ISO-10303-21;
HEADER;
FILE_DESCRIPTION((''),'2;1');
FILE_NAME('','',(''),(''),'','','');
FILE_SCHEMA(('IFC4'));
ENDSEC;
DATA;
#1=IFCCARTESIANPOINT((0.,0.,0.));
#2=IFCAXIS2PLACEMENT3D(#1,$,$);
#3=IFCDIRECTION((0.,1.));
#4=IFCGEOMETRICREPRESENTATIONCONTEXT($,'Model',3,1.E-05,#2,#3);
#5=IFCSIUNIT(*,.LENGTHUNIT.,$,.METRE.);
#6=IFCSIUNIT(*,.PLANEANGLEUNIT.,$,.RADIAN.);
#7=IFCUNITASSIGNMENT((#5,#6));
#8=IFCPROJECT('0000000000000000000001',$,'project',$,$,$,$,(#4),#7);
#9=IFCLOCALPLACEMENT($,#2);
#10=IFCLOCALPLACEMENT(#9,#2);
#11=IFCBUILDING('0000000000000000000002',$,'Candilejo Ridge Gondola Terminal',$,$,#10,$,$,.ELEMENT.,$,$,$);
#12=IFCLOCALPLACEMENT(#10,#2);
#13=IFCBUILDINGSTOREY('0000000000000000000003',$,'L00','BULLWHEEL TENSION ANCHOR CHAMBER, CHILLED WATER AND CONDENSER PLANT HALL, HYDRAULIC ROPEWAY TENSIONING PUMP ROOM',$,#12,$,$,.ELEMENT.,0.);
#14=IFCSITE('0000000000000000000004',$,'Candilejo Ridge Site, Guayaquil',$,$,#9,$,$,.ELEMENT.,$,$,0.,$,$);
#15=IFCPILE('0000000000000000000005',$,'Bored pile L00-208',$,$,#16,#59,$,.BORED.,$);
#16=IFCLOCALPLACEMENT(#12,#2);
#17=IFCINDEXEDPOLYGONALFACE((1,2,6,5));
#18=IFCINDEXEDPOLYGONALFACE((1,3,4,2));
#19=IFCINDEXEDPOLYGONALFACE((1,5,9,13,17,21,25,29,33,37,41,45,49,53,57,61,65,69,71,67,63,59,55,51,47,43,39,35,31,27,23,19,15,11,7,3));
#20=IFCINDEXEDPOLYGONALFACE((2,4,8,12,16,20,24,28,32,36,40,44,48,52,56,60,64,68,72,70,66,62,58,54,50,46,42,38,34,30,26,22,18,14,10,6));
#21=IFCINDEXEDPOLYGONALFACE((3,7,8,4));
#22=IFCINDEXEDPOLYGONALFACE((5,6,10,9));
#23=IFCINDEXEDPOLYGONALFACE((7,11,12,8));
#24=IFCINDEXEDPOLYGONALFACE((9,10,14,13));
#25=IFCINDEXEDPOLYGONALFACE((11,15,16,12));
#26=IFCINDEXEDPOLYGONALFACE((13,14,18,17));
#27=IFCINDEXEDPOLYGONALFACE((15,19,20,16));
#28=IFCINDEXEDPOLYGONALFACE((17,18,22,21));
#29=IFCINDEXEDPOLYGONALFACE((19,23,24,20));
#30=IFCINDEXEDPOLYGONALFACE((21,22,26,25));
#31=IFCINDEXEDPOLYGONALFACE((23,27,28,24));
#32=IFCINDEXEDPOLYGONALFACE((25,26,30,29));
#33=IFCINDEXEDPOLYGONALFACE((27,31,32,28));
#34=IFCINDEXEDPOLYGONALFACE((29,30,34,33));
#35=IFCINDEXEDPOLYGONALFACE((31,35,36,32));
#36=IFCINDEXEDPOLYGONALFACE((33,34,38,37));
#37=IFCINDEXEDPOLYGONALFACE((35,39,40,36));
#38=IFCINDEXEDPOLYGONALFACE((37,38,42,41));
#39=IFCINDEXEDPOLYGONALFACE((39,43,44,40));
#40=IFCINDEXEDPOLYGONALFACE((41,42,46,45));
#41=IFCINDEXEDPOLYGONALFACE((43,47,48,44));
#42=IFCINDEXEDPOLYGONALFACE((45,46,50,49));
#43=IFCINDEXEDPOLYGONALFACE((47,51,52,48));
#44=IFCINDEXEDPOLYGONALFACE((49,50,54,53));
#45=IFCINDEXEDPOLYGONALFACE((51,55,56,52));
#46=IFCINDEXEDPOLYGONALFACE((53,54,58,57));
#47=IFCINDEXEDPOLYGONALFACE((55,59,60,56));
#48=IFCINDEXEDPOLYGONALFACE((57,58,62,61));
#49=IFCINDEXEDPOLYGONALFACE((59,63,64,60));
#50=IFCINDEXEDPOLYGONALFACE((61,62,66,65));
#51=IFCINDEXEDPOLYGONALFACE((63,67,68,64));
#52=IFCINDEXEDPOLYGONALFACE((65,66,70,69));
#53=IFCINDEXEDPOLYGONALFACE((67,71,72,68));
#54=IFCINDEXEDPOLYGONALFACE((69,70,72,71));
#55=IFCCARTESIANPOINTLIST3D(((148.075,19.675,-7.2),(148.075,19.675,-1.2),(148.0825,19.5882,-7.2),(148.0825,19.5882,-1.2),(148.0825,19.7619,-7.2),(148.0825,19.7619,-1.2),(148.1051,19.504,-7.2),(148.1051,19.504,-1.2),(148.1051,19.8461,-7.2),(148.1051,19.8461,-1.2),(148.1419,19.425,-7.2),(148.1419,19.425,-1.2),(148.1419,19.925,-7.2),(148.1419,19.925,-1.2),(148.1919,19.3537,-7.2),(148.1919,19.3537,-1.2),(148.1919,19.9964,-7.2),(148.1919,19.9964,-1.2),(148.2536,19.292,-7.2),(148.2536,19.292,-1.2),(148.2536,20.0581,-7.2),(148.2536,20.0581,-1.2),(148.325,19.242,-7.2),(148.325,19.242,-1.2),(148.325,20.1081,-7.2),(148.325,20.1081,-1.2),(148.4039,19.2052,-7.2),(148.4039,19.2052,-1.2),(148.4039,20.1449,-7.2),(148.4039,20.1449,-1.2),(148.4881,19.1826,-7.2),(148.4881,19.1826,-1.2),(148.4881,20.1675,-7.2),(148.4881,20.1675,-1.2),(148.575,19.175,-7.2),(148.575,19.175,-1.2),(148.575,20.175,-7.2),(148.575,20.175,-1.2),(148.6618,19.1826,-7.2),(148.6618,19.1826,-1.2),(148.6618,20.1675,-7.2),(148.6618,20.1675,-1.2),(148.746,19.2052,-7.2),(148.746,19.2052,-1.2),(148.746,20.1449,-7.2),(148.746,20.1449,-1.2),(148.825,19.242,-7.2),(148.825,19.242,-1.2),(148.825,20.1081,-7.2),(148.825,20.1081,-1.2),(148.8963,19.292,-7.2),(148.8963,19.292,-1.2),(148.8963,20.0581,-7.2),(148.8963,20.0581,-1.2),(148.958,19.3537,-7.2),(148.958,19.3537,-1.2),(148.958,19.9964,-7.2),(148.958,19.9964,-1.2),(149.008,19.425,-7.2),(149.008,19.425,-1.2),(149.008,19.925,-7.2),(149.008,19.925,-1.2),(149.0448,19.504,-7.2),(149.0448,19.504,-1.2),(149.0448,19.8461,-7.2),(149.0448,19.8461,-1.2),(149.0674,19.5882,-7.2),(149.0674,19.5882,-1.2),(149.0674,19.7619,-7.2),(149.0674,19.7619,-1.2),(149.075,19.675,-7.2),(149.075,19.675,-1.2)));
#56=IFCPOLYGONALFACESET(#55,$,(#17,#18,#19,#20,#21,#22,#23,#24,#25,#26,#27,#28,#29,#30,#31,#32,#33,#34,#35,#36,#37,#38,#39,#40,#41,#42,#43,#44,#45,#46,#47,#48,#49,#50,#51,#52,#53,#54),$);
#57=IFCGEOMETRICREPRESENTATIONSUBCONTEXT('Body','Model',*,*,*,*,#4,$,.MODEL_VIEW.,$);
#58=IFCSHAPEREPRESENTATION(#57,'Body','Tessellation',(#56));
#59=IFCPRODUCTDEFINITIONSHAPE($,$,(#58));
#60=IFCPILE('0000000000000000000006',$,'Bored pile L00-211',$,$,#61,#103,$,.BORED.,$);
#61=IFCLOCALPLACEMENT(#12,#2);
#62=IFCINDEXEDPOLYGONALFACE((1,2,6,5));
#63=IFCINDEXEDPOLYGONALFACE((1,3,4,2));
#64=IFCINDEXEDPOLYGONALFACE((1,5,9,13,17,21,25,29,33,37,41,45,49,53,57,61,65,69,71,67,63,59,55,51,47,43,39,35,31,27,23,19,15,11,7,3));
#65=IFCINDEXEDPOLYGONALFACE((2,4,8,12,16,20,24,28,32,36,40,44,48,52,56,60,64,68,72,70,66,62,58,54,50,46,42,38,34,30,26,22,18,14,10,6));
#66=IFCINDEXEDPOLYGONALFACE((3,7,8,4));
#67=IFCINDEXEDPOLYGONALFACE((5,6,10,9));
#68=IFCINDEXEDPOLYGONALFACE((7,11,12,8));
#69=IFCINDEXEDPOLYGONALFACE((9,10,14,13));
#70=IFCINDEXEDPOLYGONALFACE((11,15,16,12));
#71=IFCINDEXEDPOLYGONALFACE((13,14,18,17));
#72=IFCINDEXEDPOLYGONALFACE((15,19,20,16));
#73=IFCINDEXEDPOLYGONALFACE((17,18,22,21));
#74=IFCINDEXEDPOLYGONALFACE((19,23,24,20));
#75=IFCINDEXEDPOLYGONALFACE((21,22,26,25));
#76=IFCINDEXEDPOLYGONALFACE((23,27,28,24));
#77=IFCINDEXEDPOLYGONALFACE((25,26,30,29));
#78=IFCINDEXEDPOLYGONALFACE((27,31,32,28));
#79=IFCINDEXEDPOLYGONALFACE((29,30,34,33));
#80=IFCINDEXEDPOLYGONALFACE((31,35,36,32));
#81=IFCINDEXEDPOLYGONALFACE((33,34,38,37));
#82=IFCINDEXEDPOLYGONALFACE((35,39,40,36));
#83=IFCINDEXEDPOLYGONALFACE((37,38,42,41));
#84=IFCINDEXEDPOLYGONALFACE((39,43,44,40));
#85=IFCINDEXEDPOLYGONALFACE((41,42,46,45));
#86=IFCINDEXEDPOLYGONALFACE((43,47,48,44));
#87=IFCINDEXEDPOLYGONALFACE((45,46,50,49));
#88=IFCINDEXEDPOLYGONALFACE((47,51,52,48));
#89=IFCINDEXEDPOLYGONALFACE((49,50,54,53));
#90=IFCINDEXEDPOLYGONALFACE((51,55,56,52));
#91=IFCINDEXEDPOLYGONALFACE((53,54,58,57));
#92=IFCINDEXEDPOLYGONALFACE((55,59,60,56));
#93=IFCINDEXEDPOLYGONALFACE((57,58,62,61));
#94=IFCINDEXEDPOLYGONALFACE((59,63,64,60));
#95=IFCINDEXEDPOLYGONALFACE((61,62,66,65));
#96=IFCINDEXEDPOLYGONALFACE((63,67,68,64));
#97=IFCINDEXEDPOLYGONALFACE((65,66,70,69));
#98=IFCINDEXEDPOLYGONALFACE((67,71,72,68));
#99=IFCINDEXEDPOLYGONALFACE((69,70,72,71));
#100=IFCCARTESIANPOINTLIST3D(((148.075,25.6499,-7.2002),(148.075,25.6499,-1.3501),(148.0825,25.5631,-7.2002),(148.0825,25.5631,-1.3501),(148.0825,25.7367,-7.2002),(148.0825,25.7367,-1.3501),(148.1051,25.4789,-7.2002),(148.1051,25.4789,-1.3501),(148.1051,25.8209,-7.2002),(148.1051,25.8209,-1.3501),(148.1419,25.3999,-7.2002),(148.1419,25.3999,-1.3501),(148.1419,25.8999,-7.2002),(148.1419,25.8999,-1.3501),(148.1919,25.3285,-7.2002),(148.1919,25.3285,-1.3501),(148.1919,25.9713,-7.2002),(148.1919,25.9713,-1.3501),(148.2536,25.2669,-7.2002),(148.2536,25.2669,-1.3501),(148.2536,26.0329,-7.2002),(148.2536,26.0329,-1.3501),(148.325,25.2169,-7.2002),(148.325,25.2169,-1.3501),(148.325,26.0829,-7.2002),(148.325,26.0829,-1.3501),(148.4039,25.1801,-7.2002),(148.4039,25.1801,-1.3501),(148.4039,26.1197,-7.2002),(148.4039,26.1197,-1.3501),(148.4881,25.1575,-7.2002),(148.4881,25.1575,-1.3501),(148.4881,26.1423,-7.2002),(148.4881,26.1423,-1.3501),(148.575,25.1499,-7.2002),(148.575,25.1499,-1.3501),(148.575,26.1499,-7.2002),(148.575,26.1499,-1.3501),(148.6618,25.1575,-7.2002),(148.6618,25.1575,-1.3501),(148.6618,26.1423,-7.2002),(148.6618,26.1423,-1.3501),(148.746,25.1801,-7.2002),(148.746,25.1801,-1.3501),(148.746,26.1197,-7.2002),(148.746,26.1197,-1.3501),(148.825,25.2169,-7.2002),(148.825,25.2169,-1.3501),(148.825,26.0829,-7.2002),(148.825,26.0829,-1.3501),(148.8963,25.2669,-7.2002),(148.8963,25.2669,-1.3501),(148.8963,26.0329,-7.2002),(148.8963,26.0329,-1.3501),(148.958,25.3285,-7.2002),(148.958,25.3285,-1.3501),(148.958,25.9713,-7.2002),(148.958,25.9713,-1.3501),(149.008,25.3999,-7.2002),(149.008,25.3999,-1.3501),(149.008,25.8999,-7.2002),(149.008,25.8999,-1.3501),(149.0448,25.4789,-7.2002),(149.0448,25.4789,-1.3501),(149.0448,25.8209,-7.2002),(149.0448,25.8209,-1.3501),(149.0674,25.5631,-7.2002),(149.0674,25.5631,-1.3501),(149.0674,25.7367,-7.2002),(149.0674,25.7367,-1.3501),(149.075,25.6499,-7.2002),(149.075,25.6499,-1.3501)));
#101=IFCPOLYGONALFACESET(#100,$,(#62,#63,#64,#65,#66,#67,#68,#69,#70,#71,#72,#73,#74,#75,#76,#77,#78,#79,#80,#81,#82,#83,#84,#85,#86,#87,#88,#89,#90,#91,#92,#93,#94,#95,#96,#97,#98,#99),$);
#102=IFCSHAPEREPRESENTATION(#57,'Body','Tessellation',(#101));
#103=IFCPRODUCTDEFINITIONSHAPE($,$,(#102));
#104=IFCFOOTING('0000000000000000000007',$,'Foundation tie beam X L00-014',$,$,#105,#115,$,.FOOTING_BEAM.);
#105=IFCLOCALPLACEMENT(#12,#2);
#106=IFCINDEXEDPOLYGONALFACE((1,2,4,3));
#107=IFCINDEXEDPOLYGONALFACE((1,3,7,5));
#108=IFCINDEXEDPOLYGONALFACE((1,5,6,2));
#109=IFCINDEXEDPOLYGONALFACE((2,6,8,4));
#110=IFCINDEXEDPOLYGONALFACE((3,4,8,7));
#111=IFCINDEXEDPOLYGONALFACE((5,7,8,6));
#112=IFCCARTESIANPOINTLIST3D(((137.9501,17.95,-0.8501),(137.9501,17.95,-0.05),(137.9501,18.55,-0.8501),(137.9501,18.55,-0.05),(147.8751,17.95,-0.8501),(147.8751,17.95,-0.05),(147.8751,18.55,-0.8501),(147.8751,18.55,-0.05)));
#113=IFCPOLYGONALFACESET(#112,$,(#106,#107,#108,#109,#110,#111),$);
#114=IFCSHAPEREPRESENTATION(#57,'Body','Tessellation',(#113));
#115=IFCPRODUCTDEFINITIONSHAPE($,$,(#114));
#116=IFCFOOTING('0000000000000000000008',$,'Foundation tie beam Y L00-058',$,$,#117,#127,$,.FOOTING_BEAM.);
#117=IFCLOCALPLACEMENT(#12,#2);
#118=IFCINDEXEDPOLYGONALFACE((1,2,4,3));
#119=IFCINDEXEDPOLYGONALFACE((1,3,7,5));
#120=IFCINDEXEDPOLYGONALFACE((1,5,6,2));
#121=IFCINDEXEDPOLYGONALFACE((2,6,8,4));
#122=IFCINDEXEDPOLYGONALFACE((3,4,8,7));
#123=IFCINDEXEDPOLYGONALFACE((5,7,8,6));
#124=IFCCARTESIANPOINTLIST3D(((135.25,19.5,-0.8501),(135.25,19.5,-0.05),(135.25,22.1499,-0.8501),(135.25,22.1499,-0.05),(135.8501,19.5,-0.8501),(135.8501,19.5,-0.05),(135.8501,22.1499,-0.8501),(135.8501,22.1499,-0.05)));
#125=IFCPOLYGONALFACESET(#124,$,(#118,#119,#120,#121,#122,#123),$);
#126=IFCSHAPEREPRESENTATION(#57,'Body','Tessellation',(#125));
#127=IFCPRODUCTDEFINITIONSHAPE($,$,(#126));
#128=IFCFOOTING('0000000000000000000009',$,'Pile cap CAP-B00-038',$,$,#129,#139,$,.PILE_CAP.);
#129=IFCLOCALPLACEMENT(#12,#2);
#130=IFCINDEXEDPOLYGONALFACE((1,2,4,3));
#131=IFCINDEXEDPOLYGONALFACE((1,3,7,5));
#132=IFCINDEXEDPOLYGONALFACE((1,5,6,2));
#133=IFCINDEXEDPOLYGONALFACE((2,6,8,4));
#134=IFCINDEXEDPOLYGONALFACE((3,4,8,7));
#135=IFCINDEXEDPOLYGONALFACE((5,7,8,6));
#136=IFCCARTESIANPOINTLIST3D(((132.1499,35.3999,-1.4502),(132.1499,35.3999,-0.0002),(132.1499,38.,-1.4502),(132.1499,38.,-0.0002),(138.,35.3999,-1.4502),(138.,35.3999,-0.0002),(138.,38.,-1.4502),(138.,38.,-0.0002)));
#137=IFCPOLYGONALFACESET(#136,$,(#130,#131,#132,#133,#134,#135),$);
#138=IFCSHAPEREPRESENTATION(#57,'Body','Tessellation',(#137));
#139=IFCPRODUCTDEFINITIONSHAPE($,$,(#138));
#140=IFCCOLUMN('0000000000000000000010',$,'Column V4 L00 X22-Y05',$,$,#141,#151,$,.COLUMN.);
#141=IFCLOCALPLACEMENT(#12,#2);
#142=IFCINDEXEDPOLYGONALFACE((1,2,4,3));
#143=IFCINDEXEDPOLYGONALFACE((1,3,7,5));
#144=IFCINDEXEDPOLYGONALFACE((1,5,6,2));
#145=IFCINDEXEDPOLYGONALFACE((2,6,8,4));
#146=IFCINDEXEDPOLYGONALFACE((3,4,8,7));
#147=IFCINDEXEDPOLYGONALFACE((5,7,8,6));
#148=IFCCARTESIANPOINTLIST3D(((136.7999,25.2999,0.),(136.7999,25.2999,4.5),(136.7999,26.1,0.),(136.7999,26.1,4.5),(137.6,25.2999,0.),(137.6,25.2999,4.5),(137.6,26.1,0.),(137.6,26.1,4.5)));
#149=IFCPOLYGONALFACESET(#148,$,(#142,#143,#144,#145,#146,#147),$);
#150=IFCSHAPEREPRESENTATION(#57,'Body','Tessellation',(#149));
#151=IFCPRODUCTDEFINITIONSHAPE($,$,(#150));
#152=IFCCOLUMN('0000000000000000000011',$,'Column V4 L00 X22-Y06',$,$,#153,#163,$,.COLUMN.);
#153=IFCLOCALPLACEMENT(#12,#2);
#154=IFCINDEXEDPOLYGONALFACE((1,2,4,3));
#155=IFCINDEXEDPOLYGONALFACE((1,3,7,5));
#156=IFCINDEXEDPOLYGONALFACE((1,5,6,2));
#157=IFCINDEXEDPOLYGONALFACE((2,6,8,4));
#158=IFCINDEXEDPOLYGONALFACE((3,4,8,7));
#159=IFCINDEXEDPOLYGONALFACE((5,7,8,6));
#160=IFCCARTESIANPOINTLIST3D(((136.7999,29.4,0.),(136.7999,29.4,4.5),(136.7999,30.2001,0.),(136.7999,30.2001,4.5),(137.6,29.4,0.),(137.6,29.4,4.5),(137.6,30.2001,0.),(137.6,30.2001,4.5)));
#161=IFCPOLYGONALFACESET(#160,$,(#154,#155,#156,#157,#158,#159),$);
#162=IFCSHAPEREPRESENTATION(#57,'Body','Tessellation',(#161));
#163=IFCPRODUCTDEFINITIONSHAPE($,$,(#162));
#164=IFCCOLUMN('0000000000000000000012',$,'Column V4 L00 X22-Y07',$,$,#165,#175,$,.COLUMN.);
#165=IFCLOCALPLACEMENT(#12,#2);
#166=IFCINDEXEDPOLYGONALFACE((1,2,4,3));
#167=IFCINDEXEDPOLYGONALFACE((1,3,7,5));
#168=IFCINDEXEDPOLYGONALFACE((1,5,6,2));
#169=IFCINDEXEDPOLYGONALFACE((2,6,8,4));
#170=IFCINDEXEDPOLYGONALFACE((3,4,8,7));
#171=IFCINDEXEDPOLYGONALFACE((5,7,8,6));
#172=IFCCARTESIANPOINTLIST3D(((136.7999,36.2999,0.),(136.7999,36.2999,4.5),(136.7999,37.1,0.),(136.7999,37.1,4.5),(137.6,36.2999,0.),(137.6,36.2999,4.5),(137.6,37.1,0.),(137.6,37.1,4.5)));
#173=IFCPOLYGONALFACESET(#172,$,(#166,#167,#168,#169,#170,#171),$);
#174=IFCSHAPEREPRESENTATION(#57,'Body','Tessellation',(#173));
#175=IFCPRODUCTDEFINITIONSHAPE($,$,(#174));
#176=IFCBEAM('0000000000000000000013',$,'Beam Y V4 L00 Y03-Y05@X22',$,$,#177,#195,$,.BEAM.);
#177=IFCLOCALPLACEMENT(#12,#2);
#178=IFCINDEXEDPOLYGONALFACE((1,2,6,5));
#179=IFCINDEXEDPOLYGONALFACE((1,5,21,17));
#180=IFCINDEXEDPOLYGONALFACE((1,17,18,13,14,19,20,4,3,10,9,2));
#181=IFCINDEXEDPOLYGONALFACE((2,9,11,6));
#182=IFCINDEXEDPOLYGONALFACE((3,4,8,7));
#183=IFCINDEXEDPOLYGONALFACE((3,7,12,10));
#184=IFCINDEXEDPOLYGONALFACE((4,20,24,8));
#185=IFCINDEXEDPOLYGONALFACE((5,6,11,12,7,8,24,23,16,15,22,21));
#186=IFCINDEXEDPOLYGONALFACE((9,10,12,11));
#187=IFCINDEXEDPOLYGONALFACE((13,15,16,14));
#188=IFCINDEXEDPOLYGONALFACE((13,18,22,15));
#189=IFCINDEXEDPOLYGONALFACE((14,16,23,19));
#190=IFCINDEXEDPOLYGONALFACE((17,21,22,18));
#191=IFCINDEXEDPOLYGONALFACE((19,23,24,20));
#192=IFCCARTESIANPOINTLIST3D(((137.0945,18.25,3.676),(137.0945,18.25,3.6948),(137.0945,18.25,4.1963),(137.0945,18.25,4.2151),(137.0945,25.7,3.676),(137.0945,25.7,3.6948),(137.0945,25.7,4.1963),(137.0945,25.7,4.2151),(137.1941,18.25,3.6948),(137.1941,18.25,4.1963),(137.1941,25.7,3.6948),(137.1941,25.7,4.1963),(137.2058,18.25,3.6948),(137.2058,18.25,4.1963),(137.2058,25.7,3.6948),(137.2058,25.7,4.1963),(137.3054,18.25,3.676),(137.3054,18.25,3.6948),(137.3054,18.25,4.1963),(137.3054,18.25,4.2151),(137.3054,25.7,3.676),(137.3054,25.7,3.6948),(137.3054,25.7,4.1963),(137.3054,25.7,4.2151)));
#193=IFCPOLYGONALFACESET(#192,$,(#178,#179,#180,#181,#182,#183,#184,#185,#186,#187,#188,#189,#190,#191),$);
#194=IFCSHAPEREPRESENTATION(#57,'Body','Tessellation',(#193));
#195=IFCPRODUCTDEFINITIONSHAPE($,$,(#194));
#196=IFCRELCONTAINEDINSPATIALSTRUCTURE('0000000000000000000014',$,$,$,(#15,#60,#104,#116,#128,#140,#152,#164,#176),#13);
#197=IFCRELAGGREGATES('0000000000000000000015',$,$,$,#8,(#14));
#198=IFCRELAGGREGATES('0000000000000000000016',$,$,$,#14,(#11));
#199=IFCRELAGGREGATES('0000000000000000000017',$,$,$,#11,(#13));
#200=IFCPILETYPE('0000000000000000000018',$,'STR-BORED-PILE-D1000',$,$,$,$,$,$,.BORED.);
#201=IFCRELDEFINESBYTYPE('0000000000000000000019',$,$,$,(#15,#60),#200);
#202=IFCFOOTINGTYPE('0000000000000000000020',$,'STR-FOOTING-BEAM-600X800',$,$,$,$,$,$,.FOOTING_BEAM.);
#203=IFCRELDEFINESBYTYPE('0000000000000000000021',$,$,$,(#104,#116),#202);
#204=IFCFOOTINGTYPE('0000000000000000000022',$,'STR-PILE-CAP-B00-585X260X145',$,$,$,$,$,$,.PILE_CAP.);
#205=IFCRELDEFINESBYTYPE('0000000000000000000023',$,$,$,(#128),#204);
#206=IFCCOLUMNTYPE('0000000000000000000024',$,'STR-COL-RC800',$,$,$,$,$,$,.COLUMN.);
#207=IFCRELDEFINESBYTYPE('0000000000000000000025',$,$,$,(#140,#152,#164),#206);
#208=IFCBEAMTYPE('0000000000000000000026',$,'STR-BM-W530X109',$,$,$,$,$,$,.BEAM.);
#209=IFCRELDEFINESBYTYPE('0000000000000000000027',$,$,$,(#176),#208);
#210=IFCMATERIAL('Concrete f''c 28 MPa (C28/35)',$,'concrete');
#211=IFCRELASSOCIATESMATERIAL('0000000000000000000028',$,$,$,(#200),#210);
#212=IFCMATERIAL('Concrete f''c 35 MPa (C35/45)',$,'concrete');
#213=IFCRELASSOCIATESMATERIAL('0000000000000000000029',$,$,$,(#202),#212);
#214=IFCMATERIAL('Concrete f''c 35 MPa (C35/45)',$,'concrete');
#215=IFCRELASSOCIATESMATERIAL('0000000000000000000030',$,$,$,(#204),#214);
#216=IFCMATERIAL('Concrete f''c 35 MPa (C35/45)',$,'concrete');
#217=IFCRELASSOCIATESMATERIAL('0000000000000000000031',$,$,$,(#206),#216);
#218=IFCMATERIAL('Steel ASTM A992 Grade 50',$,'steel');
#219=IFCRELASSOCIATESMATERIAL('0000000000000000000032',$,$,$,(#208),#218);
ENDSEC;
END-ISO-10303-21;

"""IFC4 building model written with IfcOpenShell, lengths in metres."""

from ifc_helpers import new_model, si_unit, direction, frame, origin, origin_2d, place, context, subcontext, project, spatial, rectangle, circle, i_section, extrude, material, material_profile, profile_set, type_object, element, save


model = new_model("IFC4")

# Units and contexts
model_context = context("Model", 3, precision=1e-05, world=origin(), true_north=direction((0.0, 1.0)))
body_context = subcontext(model_context, "Body", "Model", "MODEL_VIEW")
ifc_project = project(units=[si_unit("LENGTHUNIT", "METRE"), si_unit("PLANEANGLEUNIT", "RADIAN")], contexts=[model_context])

# Site, building, storey
site_placement = place(None, origin())
site = spatial("IfcSite", under=ifc_project, at=site_placement, Name="Candilejo Ridge Site, Guayaquil", CompositionType="ELEMENT", RefElevation=0.0)
building_placement = place(site_placement, origin())
building = spatial("IfcBuilding", under=site, at=building_placement, Name="Candilejo Ridge Gondola Terminal", CompositionType="ELEMENT")
storey_placement = place(building_placement, origin())
storey = spatial("IfcBuildingStorey", under=building, at=storey_placement, Name="L00", Description="BULLWHEEL TENSION ANCHOR CHAMBER, CHILLED WATER AND CONDENSER PLANT HALL, HYDRAULIC ROPEWAY TENSIONING PUMP ROOM", CompositionType="ELEMENT", Elevation=0.0)

# Piles
ifc_material_1 = material(Name="Concrete f'c 28 MPa (C28/35)", Category="concrete")
ifc_material_profile_1 = material_profile(ifc_material_1, circle(Radius=0.5, at=origin_2d()))
ifc_profile_set_1 = profile_set([ifc_material_profile_1], Name="Concrete f'c 28 MPa (C28/35)")
pile_type = type_object("IfcPileType", Name="STR-BORED-PILE-D1000", PredefinedType="BORED", material=ifc_profile_set_1)
pile_1_placement = place(storey_placement, frame((148.575, 19.675, -1.2), z_axis=(0.0, 0.0, -1.0), x_axis=(1.0, 0.0, 0.0)))
element("IfcPile", 1, at=pile_1_placement, inside=storey, type_object=pile_type, Name="Bored pile L00-208", PredefinedType="BORED", context=body_context, shape_type="SweptSolid", body=[
    extrude(circle(Radius=0.5, at=origin_2d()), origin(), (0.0, 0.0, 1.0), 6.0),
])
pile_2_placement = place(storey_placement, frame((148.575, 25.6499, -1.3501), z_axis=(0.0, 0.0, -1.0), x_axis=(1.0, 0.0, 0.0)))
element("IfcPile", 2, at=pile_2_placement, inside=storey, type_object=pile_type, Name="Bored pile L00-211", PredefinedType="BORED", context=body_context, shape_type="SweptSolid", body=[
    extrude(circle(Radius=0.5, at=origin_2d()), origin(), (0.0, 0.0, 1.0), 5.8501),
])

# Footings
ifc_material_2 = material(Name="Concrete f'c 35 MPa (C35/45)", Category="concrete")
footing_type_1 = type_object("IfcFootingType", Name="STR-FOOTING-BEAM-600X800", PredefinedType="FOOTING_BEAM", material=ifc_material_2)
footing_1_placement = place(storey_placement, frame((142.9126, 18.25, -0.8501), z_axis=(0.0, 0.0, 1.0), x_axis=(1.0, 0.0, 0.0)))
element("IfcFooting", 3, at=footing_1_placement, inside=storey, type_object=footing_type_1, Name="Foundation tie beam X L00-014", PredefinedType="FOOTING_BEAM", context=body_context, shape_type="SweptSolid", body=[
    extrude(rectangle(XDim=9.925, YDim=0.6001, at=origin_2d()), origin(), (0.0, 0.0, 1.0), 0.8),
])
footing_2_placement = place(storey_placement, frame((135.55, 20.825, -0.8501), z_axis=(0.0, 0.0, 1.0), x_axis=(1.0, 0.0, 0.0)))
element("IfcFooting", 4, at=footing_2_placement, inside=storey, type_object=footing_type_1, Name="Foundation tie beam Y L00-058", PredefinedType="FOOTING_BEAM", context=body_context, shape_type="SweptSolid", body=[
    extrude(rectangle(XDim=0.6001, YDim=2.6499, at=origin_2d()), origin(), (0.0, 0.0, 1.0), 0.8),
])
ifc_material_3 = material(Name="Concrete f'c 35 MPa (C35/45)", Category="concrete")
footing_type_2 = type_object("IfcFootingType", Name="STR-PILE-CAP-B00-585X260X145", PredefinedType="PILE_CAP", material=ifc_material_3)
footing_3_placement = place(storey_placement, frame((135.075, 36.7, -1.4502), z_axis=(0.0, 0.0, 1.0), x_axis=(1.0, 0.0, 0.0)))
element("IfcFooting", 5, at=footing_3_placement, inside=storey, type_object=footing_type_2, Name="Pile cap CAP-B00-038", PredefinedType="PILE_CAP", context=body_context, shape_type="SweptSolid", body=[
    extrude(rectangle(XDim=5.8501, YDim=2.6001, at=origin_2d()), origin(), (0.0, 0.0, 1.0), 1.45),
])

# Columns
ifc_material_4 = material(Name="Concrete f'c 35 MPa (C35/45)", Category="concrete")
ifc_material_profile_2 = material_profile(ifc_material_4, rectangle(XDim=0.8, YDim=0.8, at=origin_2d()))
ifc_profile_set_2 = profile_set([ifc_material_profile_2], Name="Concrete f'c 35 MPa (C35/45)")
column_type = type_object("IfcColumnType", Name="STR-COL-RC800", PredefinedType="COLUMN", material=ifc_profile_set_2)
for number, where, z_axis, x_axis, name in (
    (6, (137.2, 25.7, 0.0), (0.0, 0.0, 1.0), (1.0, 0.0, 0.0), "Column V4 L00 X22-Y05"),
    (7, (137.2, 29.8, 0.0), (0.0, 0.0, 1.0), (1.0, 0.0, 0.0), "Column V4 L00 X22-Y06"),
    (8, (137.2, 36.7, 0.0), (0.0, 0.0, 1.0), (1.0, 0.0, 0.0), "Column V4 L00 X22-Y07"),
):
    element("IfcColumn", number, at=place(storey_placement, frame(where, z_axis=z_axis, x_axis=x_axis)), inside=storey, type_object=column_type, Name=name, PredefinedType="COLUMN", context=body_context, shape_type="SweptSolid", body=[
        extrude(rectangle(XDim=0.8, YDim=0.8, at=origin_2d()), origin(), (0.0, 0.0, 1.0), 4.5),
    ])

# Beam
ifc_material_5 = material(Name="Steel ASTM A992 Grade 50", Category="steel")
ifc_material_profile_3 = material_profile(ifc_material_5, i_section(OverallWidth=0.2109, OverallDepth=0.5391, WebThickness=0.0117, FlangeThickness=0.0188, at=origin_2d()))
ifc_profile_set_3 = profile_set([ifc_material_profile_3], Name="Steel ASTM A992 Grade 50")
beam_type_1 = type_object("IfcBeamType", Name="STR-BM-W530X109", PredefinedType="BEAM", material=ifc_profile_set_3)
beam_1_placement = place(storey_placement, frame((137.2, 18.25, 3.9456), z_axis=(0.0, 1.0, 0.0), x_axis=(-1.0, 0.0, 0.0)))
element("IfcBeam", 9, at=beam_1_placement, inside=storey, type_object=beam_type_1, Name="Beam Y V4 L00 Y03-Y05@X22", PredefinedType="BEAM", context=body_context, shape_type="SweptSolid", body=[
    extrude(i_section(OverallWidth=0.2109, OverallDepth=0.5391, WebThickness=0.0117, FlangeThickness=0.0188, at=origin_2d()), origin(), (0.0, 0.0, 1.0), 7.45),
])

save(model, "model.ifc")
